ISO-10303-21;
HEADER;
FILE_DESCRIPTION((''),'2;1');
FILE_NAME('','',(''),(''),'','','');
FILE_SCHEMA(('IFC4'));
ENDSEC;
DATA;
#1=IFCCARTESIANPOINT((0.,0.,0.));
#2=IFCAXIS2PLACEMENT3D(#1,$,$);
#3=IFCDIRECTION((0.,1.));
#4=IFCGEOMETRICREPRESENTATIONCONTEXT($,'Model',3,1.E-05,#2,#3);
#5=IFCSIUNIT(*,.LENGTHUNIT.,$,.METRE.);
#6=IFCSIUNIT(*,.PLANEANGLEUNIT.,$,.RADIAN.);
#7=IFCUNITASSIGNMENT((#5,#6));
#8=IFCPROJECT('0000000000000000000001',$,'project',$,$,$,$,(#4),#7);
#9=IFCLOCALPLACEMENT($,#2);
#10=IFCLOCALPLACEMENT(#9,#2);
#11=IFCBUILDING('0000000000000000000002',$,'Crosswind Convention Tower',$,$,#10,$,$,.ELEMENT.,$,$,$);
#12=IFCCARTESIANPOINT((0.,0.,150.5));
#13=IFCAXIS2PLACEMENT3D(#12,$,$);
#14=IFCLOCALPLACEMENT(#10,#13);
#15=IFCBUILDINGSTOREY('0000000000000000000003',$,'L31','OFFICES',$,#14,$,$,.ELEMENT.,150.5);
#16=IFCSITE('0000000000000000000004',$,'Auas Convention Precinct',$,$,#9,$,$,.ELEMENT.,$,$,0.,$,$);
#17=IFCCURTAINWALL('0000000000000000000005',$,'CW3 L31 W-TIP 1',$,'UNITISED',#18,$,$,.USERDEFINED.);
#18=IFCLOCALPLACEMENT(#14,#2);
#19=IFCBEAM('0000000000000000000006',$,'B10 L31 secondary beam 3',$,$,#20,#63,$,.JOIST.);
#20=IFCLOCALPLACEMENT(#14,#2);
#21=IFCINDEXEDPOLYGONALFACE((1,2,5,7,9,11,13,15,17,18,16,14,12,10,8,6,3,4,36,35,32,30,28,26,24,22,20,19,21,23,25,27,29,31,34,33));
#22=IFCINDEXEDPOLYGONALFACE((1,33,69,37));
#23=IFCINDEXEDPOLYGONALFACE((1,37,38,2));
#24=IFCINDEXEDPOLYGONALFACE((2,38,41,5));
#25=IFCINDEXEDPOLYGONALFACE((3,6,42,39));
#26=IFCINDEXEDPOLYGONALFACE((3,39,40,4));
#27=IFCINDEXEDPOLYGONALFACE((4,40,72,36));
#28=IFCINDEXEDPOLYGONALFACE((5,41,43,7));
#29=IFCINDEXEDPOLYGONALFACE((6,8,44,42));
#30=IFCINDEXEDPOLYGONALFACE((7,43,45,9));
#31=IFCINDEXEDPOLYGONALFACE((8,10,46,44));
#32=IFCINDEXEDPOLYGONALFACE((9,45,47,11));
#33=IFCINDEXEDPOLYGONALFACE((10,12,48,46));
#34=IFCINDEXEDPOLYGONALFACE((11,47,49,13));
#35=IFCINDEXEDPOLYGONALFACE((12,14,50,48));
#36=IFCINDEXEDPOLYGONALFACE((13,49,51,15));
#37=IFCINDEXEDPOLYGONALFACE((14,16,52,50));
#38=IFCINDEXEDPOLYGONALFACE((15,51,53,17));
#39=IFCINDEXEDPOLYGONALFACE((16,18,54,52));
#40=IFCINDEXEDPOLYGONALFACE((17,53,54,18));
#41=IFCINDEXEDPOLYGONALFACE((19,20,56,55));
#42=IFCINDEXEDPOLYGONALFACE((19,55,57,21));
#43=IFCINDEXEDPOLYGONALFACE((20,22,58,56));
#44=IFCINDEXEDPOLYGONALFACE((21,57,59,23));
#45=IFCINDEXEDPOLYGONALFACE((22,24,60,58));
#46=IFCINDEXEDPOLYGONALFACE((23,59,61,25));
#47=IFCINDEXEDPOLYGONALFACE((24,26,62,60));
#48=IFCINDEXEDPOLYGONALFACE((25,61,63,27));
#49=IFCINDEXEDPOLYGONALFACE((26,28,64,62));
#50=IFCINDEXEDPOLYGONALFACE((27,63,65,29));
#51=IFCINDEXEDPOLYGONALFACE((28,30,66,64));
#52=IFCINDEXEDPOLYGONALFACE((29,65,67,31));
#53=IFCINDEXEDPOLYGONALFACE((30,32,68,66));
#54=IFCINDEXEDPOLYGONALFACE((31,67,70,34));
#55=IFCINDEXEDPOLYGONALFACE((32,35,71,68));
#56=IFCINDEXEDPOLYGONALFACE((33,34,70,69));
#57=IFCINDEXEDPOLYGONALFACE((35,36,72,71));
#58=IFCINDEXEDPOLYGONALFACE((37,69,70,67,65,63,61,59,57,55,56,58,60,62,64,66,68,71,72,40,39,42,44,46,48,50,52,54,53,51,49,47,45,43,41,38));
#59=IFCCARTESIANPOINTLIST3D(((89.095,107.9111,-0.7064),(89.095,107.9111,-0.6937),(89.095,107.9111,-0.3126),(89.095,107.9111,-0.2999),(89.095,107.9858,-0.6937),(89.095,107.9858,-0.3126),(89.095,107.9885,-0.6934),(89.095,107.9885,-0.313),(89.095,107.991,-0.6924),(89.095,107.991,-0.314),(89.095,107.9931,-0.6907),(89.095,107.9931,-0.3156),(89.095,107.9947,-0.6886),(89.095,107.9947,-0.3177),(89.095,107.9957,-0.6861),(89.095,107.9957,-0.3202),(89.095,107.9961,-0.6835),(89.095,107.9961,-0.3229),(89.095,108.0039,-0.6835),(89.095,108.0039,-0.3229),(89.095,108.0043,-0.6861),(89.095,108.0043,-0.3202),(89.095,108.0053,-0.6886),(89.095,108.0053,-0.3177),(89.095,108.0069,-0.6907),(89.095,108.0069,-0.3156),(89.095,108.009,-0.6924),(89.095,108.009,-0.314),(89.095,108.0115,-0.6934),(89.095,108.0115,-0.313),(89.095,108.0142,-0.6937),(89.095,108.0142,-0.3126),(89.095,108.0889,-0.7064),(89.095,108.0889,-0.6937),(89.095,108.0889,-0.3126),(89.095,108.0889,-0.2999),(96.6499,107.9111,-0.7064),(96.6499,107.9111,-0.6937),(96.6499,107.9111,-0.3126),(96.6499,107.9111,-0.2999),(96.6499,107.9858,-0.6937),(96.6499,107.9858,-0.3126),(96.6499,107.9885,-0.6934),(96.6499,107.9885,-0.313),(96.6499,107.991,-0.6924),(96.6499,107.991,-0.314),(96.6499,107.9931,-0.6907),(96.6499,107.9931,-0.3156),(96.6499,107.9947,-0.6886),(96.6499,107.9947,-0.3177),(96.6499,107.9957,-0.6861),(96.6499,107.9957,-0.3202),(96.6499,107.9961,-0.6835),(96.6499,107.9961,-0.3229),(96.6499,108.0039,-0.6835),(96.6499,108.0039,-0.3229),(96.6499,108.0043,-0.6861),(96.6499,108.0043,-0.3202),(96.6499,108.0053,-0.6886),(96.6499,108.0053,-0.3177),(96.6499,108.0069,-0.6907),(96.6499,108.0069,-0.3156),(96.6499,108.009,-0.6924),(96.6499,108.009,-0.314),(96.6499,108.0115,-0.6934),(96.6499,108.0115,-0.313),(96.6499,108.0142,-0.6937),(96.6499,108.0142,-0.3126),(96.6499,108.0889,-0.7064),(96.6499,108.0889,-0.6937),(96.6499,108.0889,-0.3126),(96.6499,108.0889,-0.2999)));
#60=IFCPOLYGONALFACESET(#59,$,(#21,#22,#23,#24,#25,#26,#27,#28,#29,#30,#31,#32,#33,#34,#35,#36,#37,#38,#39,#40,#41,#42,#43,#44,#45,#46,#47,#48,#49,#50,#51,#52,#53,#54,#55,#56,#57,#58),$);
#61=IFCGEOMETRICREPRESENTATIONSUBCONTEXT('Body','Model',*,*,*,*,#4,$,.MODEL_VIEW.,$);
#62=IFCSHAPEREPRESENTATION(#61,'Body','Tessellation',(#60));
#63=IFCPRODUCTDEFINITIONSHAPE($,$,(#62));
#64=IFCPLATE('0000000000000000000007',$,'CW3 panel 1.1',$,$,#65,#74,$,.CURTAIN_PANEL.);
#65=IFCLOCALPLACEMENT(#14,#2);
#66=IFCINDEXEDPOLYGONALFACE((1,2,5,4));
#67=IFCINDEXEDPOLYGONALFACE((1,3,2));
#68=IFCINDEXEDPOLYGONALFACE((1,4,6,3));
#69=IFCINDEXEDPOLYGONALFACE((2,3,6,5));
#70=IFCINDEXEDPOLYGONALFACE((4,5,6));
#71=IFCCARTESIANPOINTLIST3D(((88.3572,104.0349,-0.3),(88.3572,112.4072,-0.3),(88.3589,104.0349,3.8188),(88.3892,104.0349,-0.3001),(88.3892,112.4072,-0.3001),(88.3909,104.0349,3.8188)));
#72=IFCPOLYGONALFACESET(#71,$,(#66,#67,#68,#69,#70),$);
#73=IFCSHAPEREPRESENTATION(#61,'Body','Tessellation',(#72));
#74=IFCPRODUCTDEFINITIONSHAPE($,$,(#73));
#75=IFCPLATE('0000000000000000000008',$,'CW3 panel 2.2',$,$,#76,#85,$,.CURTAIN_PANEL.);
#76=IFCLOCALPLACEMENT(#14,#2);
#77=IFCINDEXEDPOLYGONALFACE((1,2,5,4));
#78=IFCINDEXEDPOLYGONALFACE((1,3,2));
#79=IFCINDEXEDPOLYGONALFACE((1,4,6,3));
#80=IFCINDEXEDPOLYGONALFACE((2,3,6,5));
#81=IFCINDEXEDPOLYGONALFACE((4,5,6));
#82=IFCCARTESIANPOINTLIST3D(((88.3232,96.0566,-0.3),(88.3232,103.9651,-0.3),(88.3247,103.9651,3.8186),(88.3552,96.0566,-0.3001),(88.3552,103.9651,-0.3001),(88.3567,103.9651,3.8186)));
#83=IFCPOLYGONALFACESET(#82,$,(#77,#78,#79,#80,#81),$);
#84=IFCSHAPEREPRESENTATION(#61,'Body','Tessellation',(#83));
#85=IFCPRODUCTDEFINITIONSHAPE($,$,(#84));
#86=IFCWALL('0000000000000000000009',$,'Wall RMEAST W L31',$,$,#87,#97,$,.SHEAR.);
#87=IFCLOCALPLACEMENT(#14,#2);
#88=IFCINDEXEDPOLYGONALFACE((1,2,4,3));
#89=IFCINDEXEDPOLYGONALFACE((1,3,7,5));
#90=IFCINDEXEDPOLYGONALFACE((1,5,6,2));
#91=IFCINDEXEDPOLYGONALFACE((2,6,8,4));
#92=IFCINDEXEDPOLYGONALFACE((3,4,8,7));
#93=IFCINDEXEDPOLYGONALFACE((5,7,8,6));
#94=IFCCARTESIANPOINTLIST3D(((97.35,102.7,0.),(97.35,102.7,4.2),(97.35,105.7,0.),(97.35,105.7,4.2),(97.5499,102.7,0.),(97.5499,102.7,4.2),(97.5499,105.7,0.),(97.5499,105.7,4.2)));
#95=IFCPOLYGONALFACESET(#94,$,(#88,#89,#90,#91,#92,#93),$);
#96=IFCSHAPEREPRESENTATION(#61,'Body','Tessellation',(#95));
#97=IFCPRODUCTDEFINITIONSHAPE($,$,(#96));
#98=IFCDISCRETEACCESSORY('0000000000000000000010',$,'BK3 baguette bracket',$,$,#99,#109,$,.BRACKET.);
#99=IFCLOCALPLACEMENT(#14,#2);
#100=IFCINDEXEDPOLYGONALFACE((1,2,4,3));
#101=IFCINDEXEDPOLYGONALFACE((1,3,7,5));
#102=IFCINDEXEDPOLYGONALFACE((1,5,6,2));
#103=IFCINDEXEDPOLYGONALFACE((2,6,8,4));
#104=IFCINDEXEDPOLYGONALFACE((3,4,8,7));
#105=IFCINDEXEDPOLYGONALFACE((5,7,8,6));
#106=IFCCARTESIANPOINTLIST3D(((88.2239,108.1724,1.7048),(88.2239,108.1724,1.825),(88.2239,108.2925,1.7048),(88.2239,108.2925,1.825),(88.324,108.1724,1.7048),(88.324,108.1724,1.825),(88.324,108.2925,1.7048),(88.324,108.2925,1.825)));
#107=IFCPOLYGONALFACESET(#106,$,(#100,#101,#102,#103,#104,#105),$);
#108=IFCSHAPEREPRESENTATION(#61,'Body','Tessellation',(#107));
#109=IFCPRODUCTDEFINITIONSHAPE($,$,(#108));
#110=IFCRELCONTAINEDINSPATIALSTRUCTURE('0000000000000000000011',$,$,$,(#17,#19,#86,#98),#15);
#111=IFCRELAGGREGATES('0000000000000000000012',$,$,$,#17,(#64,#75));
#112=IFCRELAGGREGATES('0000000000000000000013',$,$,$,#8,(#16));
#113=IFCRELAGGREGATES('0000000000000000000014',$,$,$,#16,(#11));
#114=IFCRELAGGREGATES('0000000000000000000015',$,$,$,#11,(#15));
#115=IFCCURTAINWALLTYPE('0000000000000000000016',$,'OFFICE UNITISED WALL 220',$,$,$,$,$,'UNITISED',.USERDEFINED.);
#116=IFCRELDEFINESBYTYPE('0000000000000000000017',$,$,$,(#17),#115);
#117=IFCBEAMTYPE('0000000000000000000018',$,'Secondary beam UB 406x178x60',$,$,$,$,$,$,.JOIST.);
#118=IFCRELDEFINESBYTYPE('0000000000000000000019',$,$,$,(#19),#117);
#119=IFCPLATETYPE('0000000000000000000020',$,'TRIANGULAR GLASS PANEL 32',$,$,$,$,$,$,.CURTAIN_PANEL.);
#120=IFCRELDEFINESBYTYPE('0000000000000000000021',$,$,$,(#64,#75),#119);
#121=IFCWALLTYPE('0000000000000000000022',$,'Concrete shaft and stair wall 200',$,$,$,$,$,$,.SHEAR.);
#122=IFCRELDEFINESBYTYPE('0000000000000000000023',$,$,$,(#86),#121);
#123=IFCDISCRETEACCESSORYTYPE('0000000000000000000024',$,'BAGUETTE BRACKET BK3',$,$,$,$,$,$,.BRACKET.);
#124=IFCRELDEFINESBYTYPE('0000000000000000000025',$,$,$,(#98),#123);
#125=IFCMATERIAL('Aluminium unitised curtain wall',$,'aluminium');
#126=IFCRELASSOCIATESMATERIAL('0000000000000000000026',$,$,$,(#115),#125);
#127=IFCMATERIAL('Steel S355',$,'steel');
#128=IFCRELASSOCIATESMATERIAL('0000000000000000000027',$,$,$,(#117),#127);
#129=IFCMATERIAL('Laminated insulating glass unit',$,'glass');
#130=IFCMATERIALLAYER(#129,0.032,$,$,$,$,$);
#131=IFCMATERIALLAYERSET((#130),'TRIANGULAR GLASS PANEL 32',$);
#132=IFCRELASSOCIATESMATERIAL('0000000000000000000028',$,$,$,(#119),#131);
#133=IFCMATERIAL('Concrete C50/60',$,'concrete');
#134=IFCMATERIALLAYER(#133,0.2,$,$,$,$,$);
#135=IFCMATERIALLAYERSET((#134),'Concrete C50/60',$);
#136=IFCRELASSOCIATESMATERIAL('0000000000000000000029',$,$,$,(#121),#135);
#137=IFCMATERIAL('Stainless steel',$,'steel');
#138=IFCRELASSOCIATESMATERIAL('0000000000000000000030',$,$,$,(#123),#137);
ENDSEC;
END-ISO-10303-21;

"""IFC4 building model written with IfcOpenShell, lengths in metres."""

from ifc_helpers import new_model, si_unit, direction, frame, frame_2d, origin, origin_2d, place, context, subcontext, project, spatial, polyline, rectangle, i_section, outline, extrude, material, layer, layer_set, material_profile, profile_set, type_object, element, aggregate, save


model = new_model("IFC4")

# Units and contexts
model_context = context("Model", 3, precision=1e-05, world=origin(), true_north=direction((0.0, 1.0)))
body_context = subcontext(model_context, "Body", "Model", "MODEL_VIEW")
ifc_project = project(units=[si_unit("LENGTHUNIT", "METRE"), si_unit("PLANEANGLEUNIT", "RADIAN")], contexts=[model_context])

# Site, building, storey
site_placement = place(None, origin())
site = spatial("IfcSite", under=ifc_project, at=site_placement, Name="Auas Convention Precinct", CompositionType="ELEMENT", RefElevation=0.0)
building_placement = place(site_placement, origin())
building = spatial("IfcBuilding", under=site, at=building_placement, Name="Crosswind Convention Tower", CompositionType="ELEMENT")
storey_placement = place(building_placement, frame((0.0, 0.0, 150.5)))
storey = spatial("IfcBuildingStorey", under=building, at=storey_placement, Name="L31", Description="OFFICES", CompositionType="ELEMENT", Elevation=150.5)

# Shared definitions
ifc_material_1 = material(Name="Steel S355", Category="steel")

# Curtain wall
ifc_material_2 = material(Name="Aluminium unitised curtain wall", Category="aluminium")
curtain_wall_type = type_object("IfcCurtainWallType", Name="OFFICE UNITISED WALL 220", ElementType="UNITISED", PredefinedType="USERDEFINED", material=ifc_material_2)
curtain_wall_placement = place(storey_placement, origin())
curtain_wall = element("IfcCurtainWall", 1, at=curtain_wall_placement, inside=storey, type_object=curtain_wall_type, Name="CW3 L31 W-TIP 1", ObjectType="UNITISED", PredefinedType="USERDEFINED")

# Beam
ifc_material_profile_1 = material_profile(ifc_material_1, i_section(OverallWidth=0.1777, OverallDepth=0.4065, WebThickness=0.0078, FlangeThickness=0.0127, FilletRadius=0.0103, at=origin_2d()), Name="UB 406x178x60")
ifc_profile_set_1 = profile_set([ifc_material_profile_1], Name="Steel S355")
beam_type_1 = type_object("IfcBeamType", Name="Secondary beam UB 406x178x60", PredefinedType="JOIST", material=ifc_profile_set_1)
for number, where, z_axis, x_axis, name in (
    (2, (89.095, 108.0, -0.5032), (1.0, 0.0, 0.0), (0.0, 1.0, 0.0), "B10 L31 secondary beam 3"),
):
    element("IfcBeam", number, at=place(storey_placement, frame(where, z_axis=z_axis, x_axis=x_axis)), inside=storey, type_object=beam_type_1, Name=name, PredefinedType="JOIST", context=body_context, shape_type="SweptSolid", body=[
        extrude(i_section(OverallWidth=0.1777, OverallDepth=0.4065, WebThickness=0.0078, FlangeThickness=0.0127, FilletRadius=0.0103, at=origin_2d()), origin(), (0.0, 0.0, 1.0), 7.5549),
    ])

# Plates
ifc_material_3 = material(Name="Laminated insulating glass unit", Category="glass")
ifc_layer_1 = layer(ifc_material_3, 0.032)
ifc_layer_set_1 = layer_set([ifc_layer_1], Name="TRIANGULAR GLASS PANEL 32")
plate_type = type_object("IfcPlateType", Name="TRIANGULAR GLASS PANEL 32", PredefinedType="CURTAIN_PANEL", material=ifc_layer_set_1)
plate_1_placement = place(storey_placement, frame((88.3572, 104.0349, -0.3), z_axis=(-1.0, 0.0, 0.000415), x_axis=(0.000415, 0.0, 1.0)))
plate_1 = element("IfcPlate", 3, at=plate_1_placement, type_object=plate_type, Name="CW3 panel 1.1", PredefinedType="CURTAIN_PANEL", context=body_context, shape_type="SweptSolid", body=[
    extrude(outline(polyline([(0.0, 0.0), (4.1189, 0.0), (0.0, 8.3723), (0.0, 0.0)])), origin(), (0.0, 0.0, -1.0), 0.032),
])
plate_2_placement = place(storey_placement, frame((88.3232, 103.9651, -0.3), z_axis=(-1.0, 0.0, 0.000356), x_axis=(0.0, -1.0, 0.0)))
plate_2 = element("IfcPlate", 4, at=plate_2_placement, type_object=plate_type, Name="CW3 panel 2.2", PredefinedType="CURTAIN_PANEL", context=body_context, shape_type="SweptSolid", body=[
    extrude(outline(polyline([(0.0, 0.0), (7.9084, 0.0), (0.0, 4.1187), (0.0, 0.0)])), origin(), (0.0, 0.0, -1.0), 0.032),
])
aggregate(curtain_wall, [plate_1, plate_2])

# Wall
ifc_material_4 = material(Name="Concrete C50/60", Category="concrete")
ifc_layer_2 = layer(ifc_material_4, 0.2)
ifc_layer_set_2 = layer_set([ifc_layer_2], Name="Concrete C50/60")
wall_type = type_object("IfcWallType", Name="Concrete shaft and stair wall 200", PredefinedType="SHEAR", material=ifc_layer_set_2)
wall_placement = place(storey_placement, frame((97.45, 105.7, 0.0), z_axis=(0.0, 0.0, 1.0), x_axis=(0.0, -1.0, 0.0)))
element("IfcWall", 5, at=wall_placement, inside=storey, type_object=wall_type, Name="Wall RMEAST W L31", PredefinedType="SHEAR", context=body_context, shape_type="SweptSolid", body=[
    extrude(rectangle(XDim=3.0, YDim=0.2, at=frame_2d((1.5, 0.0))), origin(), (0.0, 0.0, 1.0), 4.2),
])

# Discrete accessory
ifc_material_5 = material(Name="Stainless steel", Category="steel")
discrete_accessory_type = type_object("IfcDiscreteAccessoryType", Name="BAGUETTE BRACKET BK3", PredefinedType="BRACKET", material=ifc_material_5)
discrete_accessory_placement = place(storey_placement, frame((88.2739, 108.2324, 1.7048), z_axis=(0.0, 0.0, 1.0), x_axis=(0.0, -1.0, 0.0)))
element("IfcDiscreteAccessory", 6, at=discrete_accessory_placement, inside=storey, type_object=discrete_accessory_type, Name="BK3 baguette bracket", PredefinedType="BRACKET", context=body_context, shape_type="SweptSolid", body=[
    extrude(rectangle(XDim=0.1201, YDim=0.1001, at=origin_2d()), origin(), (0.0, 0.0, 1.0), 0.1201),
])

save(model, "model.ifc")
